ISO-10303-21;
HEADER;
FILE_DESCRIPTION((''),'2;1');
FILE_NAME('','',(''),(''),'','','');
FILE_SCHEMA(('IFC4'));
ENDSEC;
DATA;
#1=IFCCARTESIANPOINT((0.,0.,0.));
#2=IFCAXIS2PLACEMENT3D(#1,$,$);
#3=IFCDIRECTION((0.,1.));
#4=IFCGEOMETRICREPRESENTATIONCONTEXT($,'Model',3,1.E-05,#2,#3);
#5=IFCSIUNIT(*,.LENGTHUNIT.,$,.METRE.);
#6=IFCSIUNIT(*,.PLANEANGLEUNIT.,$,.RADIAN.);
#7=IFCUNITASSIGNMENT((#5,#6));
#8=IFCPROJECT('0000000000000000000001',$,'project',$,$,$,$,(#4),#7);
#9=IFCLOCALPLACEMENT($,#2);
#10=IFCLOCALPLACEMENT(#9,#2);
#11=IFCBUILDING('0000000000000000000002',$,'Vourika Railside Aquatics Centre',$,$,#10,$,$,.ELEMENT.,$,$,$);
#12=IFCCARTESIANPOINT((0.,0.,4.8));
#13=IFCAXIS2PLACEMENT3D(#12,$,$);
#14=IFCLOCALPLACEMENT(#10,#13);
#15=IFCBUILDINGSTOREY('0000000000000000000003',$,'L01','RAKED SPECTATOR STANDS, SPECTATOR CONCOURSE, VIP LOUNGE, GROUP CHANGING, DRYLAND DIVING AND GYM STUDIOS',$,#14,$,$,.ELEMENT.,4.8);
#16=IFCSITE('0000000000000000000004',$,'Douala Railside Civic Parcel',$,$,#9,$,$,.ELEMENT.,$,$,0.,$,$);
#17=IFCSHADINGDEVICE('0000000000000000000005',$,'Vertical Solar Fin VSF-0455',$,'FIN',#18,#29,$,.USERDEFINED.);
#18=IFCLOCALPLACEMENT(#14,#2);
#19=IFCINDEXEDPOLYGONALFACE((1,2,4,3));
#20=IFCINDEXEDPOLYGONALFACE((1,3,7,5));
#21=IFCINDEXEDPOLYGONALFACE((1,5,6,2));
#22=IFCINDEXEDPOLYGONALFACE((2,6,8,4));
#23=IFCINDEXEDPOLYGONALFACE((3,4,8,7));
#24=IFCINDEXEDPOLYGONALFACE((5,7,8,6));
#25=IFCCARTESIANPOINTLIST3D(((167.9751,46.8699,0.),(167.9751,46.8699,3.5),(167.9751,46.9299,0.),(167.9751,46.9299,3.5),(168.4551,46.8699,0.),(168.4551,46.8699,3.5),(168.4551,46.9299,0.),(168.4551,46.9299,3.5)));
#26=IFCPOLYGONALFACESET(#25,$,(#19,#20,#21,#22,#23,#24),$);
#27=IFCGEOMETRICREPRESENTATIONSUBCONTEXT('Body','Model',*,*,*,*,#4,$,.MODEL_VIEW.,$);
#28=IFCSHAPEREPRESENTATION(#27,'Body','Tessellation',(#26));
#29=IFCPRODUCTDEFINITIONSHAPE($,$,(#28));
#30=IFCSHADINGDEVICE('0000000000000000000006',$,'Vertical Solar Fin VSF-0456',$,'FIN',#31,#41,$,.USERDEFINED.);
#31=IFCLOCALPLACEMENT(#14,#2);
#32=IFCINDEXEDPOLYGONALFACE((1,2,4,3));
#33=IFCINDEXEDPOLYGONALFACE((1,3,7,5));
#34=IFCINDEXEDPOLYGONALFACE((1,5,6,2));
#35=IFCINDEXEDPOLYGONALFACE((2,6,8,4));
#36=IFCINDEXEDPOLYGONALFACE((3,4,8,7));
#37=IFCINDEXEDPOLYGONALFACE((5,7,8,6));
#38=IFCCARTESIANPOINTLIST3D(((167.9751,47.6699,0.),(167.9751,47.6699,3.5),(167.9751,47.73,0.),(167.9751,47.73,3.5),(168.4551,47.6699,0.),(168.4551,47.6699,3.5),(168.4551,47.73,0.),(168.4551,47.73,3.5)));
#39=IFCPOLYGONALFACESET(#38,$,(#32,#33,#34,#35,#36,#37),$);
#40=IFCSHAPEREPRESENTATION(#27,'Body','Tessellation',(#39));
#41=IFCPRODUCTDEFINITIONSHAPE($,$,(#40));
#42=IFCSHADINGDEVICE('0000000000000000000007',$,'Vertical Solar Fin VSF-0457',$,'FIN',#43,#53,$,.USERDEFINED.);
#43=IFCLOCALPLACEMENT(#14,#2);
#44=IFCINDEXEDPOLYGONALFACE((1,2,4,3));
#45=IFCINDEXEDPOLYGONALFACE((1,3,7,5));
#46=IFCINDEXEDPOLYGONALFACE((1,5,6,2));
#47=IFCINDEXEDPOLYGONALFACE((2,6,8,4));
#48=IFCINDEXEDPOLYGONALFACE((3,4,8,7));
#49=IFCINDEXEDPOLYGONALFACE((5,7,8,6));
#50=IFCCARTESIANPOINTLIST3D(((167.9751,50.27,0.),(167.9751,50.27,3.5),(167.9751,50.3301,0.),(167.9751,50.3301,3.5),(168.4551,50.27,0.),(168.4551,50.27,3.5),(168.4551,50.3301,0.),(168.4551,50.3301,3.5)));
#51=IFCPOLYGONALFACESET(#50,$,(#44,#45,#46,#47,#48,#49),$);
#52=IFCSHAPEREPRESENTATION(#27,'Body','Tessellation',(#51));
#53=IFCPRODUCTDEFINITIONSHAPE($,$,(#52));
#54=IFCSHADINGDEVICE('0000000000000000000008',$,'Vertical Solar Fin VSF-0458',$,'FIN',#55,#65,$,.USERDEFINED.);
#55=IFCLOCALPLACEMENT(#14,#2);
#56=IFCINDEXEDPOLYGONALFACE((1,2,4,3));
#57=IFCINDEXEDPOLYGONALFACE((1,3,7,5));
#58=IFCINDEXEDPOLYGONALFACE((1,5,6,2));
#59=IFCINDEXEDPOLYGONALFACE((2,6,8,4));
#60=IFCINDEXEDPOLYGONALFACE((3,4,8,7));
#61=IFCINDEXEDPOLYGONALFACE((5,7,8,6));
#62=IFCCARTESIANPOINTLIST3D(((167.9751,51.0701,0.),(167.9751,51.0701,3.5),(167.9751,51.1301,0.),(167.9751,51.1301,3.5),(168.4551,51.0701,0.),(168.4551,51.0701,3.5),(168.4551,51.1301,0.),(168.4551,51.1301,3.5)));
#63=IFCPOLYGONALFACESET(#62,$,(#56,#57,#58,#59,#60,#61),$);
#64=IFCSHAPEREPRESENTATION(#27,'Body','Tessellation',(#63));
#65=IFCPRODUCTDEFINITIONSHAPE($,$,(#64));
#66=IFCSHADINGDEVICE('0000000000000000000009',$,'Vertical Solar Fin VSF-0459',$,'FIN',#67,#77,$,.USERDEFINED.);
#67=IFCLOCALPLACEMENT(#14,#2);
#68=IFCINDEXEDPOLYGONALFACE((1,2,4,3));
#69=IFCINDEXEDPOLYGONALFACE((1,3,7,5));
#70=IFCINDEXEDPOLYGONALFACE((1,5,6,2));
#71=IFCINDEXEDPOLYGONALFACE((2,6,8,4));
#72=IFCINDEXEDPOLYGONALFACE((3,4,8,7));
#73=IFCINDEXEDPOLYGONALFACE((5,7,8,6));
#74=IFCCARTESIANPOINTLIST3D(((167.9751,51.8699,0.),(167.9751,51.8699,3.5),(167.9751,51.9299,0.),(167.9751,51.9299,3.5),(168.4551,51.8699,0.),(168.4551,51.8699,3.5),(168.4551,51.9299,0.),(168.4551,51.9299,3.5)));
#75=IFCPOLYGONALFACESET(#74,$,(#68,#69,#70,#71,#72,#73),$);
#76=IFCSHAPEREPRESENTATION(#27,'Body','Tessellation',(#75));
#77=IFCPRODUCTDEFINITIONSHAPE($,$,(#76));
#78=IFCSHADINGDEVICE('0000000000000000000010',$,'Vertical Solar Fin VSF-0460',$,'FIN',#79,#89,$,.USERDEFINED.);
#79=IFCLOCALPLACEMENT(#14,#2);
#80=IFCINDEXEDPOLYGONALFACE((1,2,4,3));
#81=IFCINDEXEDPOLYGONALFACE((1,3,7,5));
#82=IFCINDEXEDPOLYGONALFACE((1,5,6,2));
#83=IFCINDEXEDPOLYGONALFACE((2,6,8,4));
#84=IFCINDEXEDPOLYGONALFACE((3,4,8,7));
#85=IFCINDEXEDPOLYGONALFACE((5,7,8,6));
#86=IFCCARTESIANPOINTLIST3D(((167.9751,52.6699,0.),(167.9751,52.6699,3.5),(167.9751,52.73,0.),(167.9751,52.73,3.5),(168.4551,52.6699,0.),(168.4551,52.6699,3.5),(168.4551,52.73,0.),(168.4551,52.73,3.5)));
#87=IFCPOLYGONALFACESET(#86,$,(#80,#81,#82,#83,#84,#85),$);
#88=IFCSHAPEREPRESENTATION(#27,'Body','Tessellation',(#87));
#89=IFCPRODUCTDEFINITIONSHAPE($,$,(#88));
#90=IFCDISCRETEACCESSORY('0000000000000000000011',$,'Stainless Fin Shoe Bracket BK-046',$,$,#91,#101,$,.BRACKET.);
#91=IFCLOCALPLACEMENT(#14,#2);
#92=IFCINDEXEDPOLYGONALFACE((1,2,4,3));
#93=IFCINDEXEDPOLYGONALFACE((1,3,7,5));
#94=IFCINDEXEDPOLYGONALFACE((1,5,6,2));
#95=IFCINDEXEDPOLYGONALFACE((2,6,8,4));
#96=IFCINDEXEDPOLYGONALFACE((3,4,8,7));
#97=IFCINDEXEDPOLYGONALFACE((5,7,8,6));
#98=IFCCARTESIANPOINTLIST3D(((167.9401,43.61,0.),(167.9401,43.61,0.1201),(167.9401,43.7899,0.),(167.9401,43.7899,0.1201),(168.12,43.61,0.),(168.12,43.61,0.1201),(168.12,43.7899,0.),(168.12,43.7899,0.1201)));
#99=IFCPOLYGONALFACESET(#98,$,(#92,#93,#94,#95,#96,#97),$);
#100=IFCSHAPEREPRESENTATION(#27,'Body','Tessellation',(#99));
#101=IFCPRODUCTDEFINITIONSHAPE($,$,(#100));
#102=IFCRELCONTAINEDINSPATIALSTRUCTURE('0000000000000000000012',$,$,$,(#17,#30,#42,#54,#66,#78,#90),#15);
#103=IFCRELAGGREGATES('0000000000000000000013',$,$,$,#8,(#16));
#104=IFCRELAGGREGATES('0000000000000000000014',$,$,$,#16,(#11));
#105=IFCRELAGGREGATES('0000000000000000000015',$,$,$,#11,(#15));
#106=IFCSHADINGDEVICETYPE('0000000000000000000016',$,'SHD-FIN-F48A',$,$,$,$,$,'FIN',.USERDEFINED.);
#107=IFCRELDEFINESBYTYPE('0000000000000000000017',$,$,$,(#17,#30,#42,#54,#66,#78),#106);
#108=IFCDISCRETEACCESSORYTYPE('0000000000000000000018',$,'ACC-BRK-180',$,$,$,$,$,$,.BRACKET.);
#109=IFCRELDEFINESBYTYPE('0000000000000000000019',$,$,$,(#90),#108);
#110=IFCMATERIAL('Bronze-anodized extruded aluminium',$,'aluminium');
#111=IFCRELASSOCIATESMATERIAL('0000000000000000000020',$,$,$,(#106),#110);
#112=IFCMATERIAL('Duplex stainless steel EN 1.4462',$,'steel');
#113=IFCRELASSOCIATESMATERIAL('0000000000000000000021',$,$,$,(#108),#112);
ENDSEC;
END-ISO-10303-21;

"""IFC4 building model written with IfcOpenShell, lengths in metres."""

from ifc_helpers import new_model, si_unit, direction, frame, origin, origin_2d, place, context, subcontext, project, spatial, rectangle, extrude, material, material_profile, profile_set, type_object, element, save


model = new_model("IFC4")

# Units and contexts
model_context = context("Model", 3, precision=1e-05, world=origin(), true_north=direction((0.0, 1.0)))
body_context = subcontext(model_context, "Body", "Model", "MODEL_VIEW")
ifc_project = project(units=[si_unit("LENGTHUNIT", "METRE"), si_unit("PLANEANGLEUNIT", "RADIAN")], contexts=[model_context])

# Site, building, storey
site_placement = place(None, origin())
site = spatial("IfcSite", under=ifc_project, at=site_placement, Name="Douala Railside Civic Parcel", CompositionType="ELEMENT", RefElevation=0.0)
building_placement = place(site_placement, origin())
building = spatial("IfcBuilding", under=site, at=building_placement, Name="Vourika Railside Aquatics Centre", CompositionType="ELEMENT")
storey_placement = place(building_placement, frame((0.0, 0.0, 4.8)))
storey = spatial("IfcBuildingStorey", under=building, at=storey_placement, Name="L01", Description="RAKED SPECTATOR STANDS, SPECTATOR CONCOURSE, VIP LOUNGE, GROUP CHANGING, DRYLAND DIVING AND GYM STUDIOS", CompositionType="ELEMENT", Elevation=4.8)

# Shading devices
ifc_material_1 = material(Name="Bronze-anodized extruded aluminium", Category="aluminium")
ifc_material_profile_1 = material_profile(ifc_material_1, rectangle(XDim=0.0601, YDim=0.48, at=origin_2d()), Name="ALU-FIN 60x480")
ifc_profile_set_1 = profile_set([ifc_material_profile_1], Name="Bronze-anodized extruded aluminium")
shading_device_type = type_object("IfcShadingDeviceType", Name="SHD-FIN-F48A", ElementType="FIN", PredefinedType="USERDEFINED", material=ifc_profile_set_1)
for number, where, z_axis, x_axis, name in (
    (1, (168.2151, 46.8999, 0.0), (0.0, 0.0, 1.0), (0.0, -1.0, 0.0), "Vertical Solar Fin VSF-0455"),
    (2, (168.2151, 47.7, 0.0), (0.0, 0.0, 1.0), (0.0, -1.0, 0.0), "Vertical Solar Fin VSF-0456"),
    (3, (168.2151, 50.3, 0.0), (0.0, 0.0, 1.0), (0.0, -1.0, 0.0), "Vertical Solar Fin VSF-0457"),
    (4, (168.2151, 51.1001, 0.0), (0.0, 0.0, 1.0), (0.0, -1.0, 0.0), "Vertical Solar Fin VSF-0458"),
    (5, (168.2151, 51.8999, 0.0), (0.0, 0.0, 1.0), (0.0, -1.0, 0.0), "Vertical Solar Fin VSF-0459"),
    (6, (168.2151, 52.7, 0.0), (0.0, 0.0, 1.0), (0.0, -1.0, 0.0), "Vertical Solar Fin VSF-0460"),
):
    element("IfcShadingDevice", number, at=place(storey_placement, frame(where, z_axis=z_axis, x_axis=x_axis)), inside=storey, type_object=shading_device_type, Name=name, ObjectType="FIN", PredefinedType="USERDEFINED", context=body_context, shape_type="SweptSolid", body=[
        extrude(rectangle(XDim=0.0601, YDim=0.48, at=origin_2d()), origin(), (0.0, 0.0, 1.0), 3.5),
    ])

# Discrete accessory
ifc_material_2 = material(Name="Duplex stainless steel EN 1.4462", Category="steel")
discrete_accessory_type = type_object("IfcDiscreteAccessoryType", Name="ACC-BRK-180", PredefinedType="BRACKET", material=ifc_material_2)
discrete_accessory_placement = place(storey_placement, frame((168.03, 43.7, 0.0), z_axis=(0.0, 0.0, 1.0), x_axis=(1.0, 0.0, 0.0)))
element("IfcDiscreteAccessory", 7, at=discrete_accessory_placement, inside=storey, type_object=discrete_accessory_type, Name="Stainless Fin Shoe Bracket BK-046", PredefinedType="BRACKET", context=body_context, shape_type="SweptSolid", body=[
    extrude(rectangle(XDim=0.1799, YDim=0.1799, at=origin_2d()), origin(), (0.0, 0.0, 1.0), 0.1201),
])

save(model, "model.ifc")
